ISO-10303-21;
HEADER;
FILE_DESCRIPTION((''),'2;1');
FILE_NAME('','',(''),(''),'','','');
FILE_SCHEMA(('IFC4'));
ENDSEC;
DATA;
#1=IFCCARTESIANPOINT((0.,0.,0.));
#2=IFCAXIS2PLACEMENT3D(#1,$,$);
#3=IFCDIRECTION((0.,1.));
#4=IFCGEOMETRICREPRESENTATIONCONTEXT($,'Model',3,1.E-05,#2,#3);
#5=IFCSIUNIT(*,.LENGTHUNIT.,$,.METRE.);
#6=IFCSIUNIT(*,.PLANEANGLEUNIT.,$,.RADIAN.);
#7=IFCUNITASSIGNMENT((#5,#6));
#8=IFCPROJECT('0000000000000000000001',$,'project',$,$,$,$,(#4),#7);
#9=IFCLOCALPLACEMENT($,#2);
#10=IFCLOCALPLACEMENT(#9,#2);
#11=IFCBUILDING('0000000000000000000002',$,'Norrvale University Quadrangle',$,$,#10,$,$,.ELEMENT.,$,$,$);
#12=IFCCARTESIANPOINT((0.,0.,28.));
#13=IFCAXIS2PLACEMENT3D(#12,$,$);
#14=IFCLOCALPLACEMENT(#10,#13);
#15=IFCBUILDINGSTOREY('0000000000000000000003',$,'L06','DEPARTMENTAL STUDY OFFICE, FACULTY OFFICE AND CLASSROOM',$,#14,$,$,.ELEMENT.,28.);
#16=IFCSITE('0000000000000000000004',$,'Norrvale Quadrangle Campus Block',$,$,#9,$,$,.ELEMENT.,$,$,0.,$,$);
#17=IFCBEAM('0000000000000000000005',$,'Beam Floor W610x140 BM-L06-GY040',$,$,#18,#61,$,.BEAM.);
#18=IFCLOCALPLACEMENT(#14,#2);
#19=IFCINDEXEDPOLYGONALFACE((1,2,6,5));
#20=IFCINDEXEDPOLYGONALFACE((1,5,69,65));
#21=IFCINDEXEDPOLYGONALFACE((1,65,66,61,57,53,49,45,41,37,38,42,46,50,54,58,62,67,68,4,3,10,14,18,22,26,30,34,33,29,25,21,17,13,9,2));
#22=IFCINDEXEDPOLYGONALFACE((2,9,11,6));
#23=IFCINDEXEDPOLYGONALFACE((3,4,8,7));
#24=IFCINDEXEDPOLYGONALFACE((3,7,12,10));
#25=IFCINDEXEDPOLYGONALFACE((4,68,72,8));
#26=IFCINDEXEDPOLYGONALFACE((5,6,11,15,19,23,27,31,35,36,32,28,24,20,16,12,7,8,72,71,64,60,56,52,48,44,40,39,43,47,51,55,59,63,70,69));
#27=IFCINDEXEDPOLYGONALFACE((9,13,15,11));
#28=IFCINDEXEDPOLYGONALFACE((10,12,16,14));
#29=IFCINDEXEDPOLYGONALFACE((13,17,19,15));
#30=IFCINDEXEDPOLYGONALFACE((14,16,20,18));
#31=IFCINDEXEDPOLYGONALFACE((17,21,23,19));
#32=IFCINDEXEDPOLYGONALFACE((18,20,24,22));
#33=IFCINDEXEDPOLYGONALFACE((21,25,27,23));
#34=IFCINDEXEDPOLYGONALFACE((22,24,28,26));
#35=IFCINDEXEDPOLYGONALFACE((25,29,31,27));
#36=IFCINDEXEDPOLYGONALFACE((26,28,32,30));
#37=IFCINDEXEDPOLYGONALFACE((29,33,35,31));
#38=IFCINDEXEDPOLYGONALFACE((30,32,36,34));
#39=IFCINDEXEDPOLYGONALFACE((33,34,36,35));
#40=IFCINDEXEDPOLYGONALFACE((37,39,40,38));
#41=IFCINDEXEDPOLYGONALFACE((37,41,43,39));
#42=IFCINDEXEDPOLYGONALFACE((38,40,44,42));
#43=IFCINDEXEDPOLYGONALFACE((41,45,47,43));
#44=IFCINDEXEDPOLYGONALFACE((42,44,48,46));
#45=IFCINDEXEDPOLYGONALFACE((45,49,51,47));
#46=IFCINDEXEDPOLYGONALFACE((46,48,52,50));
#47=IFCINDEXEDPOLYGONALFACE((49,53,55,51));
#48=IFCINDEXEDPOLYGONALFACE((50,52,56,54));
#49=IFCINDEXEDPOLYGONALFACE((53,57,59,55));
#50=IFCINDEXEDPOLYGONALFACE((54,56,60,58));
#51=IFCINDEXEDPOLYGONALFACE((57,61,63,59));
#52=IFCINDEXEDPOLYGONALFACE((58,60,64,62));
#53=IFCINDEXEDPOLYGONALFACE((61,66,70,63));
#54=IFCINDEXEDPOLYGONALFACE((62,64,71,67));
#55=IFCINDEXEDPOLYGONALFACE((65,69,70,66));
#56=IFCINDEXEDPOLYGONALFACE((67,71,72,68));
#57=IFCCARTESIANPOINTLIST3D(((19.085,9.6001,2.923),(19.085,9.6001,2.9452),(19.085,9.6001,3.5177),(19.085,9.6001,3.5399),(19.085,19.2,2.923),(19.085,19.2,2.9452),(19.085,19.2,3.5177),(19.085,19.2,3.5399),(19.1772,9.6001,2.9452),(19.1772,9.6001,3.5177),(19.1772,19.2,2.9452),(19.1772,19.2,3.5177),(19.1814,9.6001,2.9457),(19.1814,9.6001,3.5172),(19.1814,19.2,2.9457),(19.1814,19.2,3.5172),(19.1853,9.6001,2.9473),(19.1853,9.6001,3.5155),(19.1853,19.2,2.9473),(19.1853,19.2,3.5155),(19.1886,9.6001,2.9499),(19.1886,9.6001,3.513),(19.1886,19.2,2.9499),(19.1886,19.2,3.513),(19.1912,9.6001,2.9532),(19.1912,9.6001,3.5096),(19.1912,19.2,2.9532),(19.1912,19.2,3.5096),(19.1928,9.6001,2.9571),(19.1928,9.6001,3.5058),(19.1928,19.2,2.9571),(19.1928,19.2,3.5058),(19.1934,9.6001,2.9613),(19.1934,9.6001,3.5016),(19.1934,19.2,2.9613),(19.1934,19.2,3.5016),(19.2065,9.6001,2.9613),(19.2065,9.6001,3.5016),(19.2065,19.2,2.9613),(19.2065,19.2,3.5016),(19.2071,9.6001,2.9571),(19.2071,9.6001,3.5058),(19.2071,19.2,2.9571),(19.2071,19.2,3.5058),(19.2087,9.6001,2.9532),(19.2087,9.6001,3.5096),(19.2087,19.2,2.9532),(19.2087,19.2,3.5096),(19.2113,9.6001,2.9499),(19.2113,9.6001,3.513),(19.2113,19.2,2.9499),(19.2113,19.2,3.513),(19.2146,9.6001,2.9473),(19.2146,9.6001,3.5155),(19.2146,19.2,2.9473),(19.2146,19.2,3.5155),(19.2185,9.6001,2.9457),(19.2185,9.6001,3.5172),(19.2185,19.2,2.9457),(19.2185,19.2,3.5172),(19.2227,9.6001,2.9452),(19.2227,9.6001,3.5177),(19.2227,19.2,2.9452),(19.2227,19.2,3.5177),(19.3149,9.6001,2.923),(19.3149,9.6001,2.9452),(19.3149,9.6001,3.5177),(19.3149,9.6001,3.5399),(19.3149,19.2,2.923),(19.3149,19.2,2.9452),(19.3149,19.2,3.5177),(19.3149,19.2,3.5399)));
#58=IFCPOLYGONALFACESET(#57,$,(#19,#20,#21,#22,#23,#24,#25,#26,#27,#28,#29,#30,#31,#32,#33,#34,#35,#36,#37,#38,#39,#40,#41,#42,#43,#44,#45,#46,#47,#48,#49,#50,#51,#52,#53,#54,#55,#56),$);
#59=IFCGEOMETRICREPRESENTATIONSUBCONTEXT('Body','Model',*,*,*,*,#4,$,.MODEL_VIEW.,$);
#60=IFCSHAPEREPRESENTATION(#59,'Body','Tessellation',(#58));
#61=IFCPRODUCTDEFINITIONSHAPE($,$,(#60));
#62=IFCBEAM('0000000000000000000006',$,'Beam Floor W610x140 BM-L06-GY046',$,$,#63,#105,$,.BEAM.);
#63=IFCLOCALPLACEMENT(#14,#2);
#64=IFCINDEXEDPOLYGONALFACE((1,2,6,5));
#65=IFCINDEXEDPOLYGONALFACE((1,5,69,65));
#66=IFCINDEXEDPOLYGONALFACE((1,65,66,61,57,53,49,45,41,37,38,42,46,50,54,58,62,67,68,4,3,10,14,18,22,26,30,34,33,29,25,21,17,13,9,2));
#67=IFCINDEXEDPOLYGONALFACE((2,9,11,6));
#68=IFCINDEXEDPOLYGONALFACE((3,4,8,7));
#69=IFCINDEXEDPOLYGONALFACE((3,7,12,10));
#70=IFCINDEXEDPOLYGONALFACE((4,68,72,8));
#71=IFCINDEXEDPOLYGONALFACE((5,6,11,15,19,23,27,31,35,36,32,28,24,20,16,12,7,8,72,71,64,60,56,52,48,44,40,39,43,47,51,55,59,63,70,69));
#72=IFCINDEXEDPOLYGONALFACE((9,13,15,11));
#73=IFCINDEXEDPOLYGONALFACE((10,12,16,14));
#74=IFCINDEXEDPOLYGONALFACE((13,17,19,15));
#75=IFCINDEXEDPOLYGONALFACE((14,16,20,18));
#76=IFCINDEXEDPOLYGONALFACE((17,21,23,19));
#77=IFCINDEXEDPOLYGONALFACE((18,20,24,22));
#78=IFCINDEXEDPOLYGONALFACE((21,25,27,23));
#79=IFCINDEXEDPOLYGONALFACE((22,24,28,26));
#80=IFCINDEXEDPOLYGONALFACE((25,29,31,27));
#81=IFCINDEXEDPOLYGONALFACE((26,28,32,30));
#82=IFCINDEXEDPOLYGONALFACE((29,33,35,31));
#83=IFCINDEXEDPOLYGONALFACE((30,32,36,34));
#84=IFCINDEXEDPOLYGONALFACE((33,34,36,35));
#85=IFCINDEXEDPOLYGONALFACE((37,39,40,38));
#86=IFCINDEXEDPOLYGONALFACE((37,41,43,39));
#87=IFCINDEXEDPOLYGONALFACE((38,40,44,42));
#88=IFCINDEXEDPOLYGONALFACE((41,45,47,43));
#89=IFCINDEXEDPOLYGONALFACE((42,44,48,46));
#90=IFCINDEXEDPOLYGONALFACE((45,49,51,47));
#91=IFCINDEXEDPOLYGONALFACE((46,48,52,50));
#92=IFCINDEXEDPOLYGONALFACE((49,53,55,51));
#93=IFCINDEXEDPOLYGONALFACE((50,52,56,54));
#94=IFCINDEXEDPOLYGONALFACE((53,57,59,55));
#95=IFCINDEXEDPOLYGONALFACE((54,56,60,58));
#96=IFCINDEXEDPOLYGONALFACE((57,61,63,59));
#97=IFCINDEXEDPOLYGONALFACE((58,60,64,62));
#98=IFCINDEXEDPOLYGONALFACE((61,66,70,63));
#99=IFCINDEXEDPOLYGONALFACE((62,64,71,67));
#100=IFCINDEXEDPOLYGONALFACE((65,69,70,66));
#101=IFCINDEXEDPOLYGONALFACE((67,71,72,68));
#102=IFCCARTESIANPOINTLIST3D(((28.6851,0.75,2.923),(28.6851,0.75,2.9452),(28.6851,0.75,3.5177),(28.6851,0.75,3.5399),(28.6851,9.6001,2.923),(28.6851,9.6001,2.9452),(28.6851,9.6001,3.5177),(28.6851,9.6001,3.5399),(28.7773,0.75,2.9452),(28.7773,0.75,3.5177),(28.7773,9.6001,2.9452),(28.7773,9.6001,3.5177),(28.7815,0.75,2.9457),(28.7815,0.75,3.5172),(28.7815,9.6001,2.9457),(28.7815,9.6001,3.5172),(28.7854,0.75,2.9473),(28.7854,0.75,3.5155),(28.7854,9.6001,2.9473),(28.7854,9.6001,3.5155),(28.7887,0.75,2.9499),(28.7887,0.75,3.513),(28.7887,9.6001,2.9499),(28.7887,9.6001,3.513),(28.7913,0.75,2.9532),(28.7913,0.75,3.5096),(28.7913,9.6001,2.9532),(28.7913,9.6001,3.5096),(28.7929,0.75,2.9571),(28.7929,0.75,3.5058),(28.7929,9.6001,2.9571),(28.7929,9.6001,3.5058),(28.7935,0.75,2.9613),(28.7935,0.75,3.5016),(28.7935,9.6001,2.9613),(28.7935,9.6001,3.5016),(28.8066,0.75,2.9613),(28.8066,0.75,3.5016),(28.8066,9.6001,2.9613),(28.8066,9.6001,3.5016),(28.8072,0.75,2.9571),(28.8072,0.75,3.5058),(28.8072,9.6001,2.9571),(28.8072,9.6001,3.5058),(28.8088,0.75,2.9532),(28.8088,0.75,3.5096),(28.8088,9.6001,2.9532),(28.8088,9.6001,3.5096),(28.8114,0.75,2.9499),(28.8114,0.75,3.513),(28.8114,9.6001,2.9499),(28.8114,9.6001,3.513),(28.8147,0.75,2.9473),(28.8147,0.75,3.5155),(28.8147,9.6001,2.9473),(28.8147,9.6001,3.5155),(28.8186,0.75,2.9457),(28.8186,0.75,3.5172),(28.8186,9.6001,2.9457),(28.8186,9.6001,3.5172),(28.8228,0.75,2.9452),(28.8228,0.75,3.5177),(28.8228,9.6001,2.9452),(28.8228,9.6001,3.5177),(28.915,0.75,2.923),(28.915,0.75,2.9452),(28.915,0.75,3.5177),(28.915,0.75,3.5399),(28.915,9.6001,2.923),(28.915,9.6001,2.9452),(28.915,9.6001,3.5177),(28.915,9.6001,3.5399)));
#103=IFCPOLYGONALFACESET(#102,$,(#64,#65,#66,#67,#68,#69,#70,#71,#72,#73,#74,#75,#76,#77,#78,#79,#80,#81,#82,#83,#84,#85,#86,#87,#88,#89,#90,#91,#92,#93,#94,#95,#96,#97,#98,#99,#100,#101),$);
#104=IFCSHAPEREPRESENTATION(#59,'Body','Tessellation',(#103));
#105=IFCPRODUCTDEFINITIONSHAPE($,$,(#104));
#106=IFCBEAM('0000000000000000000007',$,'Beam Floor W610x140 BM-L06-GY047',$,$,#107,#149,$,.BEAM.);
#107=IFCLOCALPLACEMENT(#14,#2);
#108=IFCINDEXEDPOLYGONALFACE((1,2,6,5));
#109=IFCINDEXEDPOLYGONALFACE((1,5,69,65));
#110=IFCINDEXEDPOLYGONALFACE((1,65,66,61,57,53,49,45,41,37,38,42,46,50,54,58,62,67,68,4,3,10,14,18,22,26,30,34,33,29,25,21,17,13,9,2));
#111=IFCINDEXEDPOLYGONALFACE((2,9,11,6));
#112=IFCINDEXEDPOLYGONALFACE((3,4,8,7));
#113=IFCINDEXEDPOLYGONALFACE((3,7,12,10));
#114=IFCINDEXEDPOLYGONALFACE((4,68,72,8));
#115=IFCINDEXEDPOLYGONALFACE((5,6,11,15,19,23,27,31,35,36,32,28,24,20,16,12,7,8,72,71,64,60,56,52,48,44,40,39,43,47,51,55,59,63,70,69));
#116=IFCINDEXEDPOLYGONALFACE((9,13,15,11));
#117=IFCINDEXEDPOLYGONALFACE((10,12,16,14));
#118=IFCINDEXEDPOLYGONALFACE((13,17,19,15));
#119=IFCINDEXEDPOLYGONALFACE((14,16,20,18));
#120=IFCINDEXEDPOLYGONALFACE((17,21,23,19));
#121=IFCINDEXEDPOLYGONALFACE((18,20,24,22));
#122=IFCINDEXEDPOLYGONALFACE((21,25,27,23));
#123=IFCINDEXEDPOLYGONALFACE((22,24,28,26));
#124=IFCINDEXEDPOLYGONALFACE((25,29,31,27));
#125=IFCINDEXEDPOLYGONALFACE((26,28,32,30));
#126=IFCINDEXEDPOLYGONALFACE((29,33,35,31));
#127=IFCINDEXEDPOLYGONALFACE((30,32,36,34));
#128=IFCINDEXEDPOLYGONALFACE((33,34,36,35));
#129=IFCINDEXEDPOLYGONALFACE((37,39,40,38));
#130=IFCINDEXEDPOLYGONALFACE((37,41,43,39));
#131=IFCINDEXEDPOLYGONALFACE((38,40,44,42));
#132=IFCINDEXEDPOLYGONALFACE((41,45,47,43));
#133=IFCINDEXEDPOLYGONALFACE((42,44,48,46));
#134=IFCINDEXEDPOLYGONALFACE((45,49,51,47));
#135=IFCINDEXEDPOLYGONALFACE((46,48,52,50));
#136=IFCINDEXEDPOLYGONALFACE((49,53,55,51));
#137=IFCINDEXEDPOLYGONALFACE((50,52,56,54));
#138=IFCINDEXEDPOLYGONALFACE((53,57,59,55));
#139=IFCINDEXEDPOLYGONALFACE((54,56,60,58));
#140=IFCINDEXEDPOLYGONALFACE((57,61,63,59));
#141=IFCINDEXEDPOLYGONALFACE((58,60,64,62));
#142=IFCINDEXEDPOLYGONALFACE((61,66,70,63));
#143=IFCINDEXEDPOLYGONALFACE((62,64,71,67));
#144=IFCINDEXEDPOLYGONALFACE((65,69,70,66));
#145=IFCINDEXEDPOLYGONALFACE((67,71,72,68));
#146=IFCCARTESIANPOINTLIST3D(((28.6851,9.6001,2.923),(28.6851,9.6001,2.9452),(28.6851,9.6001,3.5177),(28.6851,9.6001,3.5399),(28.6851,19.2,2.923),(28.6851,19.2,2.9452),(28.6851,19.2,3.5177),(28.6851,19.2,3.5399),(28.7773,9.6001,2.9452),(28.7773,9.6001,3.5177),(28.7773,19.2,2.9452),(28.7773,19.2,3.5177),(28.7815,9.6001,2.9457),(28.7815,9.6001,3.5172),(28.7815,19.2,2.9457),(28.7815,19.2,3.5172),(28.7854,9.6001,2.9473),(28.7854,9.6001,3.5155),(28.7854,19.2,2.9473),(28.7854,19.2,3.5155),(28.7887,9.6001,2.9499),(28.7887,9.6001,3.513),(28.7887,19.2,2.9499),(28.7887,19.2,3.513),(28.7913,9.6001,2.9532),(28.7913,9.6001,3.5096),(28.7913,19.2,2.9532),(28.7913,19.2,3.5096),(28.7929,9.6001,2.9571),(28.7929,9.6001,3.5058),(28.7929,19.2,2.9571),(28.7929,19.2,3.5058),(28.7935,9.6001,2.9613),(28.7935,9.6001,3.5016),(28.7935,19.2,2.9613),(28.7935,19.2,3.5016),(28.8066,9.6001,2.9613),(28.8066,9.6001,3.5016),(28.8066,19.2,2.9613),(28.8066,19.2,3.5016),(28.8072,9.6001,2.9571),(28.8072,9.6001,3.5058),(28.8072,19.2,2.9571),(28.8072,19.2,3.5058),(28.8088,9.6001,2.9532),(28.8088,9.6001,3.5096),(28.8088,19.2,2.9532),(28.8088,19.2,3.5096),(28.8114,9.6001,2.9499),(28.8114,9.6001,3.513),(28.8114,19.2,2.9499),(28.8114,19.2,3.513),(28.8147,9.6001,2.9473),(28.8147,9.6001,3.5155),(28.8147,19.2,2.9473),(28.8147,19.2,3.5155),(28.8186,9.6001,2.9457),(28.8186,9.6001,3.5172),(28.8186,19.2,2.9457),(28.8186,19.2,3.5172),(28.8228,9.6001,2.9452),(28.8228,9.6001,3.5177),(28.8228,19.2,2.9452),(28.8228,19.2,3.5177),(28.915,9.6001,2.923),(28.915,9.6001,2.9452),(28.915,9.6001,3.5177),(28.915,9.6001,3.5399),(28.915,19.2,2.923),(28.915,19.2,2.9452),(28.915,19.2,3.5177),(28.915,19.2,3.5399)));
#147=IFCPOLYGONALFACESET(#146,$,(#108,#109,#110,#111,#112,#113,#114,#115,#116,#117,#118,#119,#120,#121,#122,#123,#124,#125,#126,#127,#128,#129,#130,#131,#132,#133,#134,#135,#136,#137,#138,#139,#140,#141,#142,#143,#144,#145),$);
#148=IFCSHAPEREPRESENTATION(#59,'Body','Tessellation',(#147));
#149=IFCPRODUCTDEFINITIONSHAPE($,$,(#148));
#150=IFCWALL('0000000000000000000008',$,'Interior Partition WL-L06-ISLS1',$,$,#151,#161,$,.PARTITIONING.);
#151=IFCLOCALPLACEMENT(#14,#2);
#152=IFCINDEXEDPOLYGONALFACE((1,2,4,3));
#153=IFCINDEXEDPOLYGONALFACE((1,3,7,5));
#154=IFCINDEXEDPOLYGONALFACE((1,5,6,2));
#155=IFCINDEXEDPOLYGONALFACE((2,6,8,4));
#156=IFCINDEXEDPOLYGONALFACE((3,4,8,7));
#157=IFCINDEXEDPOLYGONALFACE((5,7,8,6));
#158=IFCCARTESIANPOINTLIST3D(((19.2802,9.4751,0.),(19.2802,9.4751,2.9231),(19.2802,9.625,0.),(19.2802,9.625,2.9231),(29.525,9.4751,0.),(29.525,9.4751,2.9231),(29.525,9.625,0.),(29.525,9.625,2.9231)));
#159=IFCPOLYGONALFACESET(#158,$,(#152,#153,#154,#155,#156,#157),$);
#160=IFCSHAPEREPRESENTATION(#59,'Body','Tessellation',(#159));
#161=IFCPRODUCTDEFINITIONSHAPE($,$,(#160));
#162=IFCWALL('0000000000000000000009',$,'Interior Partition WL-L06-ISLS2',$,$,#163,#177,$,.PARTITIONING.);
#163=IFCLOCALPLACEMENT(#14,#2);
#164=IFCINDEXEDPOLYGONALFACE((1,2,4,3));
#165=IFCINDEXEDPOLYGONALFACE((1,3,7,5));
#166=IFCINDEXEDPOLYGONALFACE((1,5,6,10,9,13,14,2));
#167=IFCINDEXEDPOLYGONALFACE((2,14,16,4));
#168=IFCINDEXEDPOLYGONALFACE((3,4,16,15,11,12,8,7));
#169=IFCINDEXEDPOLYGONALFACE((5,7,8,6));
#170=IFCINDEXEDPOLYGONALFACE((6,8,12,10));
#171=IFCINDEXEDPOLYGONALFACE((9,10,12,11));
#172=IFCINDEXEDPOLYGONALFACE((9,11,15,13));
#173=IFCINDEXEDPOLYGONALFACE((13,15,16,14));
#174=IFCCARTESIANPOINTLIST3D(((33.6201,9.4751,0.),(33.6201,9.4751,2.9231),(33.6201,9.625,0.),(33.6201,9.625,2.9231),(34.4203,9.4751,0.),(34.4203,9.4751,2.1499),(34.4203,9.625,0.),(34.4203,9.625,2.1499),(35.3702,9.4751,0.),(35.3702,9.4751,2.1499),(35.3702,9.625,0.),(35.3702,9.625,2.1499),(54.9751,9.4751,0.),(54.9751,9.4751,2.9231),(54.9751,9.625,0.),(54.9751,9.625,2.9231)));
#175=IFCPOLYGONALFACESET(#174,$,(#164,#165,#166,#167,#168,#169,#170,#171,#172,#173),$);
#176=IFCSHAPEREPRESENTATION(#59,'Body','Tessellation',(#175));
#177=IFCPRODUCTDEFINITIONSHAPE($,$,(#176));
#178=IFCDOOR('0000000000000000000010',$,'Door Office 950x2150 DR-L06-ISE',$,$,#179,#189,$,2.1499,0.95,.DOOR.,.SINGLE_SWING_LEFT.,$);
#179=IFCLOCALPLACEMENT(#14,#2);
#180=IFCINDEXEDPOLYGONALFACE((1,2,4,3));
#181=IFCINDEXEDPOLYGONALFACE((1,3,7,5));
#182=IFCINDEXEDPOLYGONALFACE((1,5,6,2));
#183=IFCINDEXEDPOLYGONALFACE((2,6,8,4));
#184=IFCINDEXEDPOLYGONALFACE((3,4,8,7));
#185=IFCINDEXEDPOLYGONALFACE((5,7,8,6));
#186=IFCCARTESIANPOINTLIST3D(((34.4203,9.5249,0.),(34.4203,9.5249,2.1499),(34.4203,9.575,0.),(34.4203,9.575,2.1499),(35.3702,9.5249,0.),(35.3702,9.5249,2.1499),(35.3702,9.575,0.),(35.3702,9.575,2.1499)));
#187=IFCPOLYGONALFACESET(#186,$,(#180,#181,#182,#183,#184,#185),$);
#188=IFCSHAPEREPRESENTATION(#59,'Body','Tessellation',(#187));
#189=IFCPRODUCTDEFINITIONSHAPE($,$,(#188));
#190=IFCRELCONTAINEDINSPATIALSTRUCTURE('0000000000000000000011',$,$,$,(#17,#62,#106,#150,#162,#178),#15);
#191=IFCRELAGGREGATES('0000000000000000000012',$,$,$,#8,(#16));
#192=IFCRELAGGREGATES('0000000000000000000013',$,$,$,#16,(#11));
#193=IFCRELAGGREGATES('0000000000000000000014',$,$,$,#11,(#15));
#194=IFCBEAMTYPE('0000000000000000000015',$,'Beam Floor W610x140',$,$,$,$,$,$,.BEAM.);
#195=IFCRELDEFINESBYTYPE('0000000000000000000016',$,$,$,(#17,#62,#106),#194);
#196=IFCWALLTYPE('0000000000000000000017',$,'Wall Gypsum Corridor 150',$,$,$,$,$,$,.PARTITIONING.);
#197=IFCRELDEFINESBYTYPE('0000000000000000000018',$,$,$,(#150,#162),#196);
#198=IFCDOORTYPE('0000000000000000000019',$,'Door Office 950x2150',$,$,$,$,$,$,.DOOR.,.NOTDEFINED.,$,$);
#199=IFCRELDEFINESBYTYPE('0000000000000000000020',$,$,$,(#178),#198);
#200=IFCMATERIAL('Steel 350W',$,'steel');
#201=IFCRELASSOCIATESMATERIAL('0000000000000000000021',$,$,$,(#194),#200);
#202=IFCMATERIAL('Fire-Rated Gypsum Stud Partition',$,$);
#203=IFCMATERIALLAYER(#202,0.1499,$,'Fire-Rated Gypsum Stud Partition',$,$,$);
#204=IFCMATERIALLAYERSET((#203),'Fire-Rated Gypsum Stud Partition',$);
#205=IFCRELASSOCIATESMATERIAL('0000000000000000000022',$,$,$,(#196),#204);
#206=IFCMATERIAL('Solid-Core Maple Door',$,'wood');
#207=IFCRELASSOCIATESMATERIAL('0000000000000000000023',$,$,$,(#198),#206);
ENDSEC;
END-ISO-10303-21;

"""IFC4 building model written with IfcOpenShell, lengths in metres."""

from ifc_helpers import new_model, si_unit, direction, frame, frame_2d, origin, origin_2d, place, context, subcontext, project, spatial, rectangle, i_section, extrude, material, layer, layer_set, material_profile, profile_set, type_object, element, fill, save


model = new_model("IFC4")

# Units and contexts
model_context = context("Model", 3, precision=1e-05, world=origin(), true_north=direction((0.0, 1.0)))
body_context = subcontext(model_context, "Body", "Model", "MODEL_VIEW")
ifc_project = project(units=[si_unit("LENGTHUNIT", "METRE"), si_unit("PLANEANGLEUNIT", "RADIAN")], contexts=[model_context])

# Site, building, storey
site_placement = place(None, origin())
site = spatial("IfcSite", under=ifc_project, at=site_placement, Name="Norrvale Quadrangle Campus Block", CompositionType="ELEMENT", RefElevation=0.0)
building_placement = place(site_placement, origin())
building = spatial("IfcBuilding", under=site, at=building_placement, Name="Norrvale University Quadrangle", CompositionType="ELEMENT")
storey_placement = place(building_placement, frame((0.0, 0.0, 28.0)))
storey = spatial("IfcBuildingStorey", under=building, at=storey_placement, Name="L06", Description="DEPARTMENTAL STUDY OFFICE, FACULTY OFFICE AND CLASSROOM", CompositionType="ELEMENT", Elevation=28.0)

# Beams
ifc_material_1 = material(Name="Steel 350W", Category="steel")
ifc_material_profile_1 = material_profile(ifc_material_1, i_section(OverallWidth=0.23, OverallDepth=0.6169, WebThickness=0.0132, FlangeThickness=0.0222, FilletRadius=0.0161, at=origin_2d()), Name="Steel 350W")
ifc_profile_set_1 = profile_set([ifc_material_profile_1], Name="Steel 350W")
beam_type_1 = type_object("IfcBeamType", Name="Beam Floor W610x140", PredefinedType="BEAM", material=ifc_profile_set_1)
beam_1_placement = place(storey_placement, frame((19.2, 9.6001, 3.2314), z_axis=(0.0, 1.0, 0.0), x_axis=(-1.0, 0.0, 0.0)))
element("IfcBeam", 1, at=beam_1_placement, inside=storey, type_object=beam_type_1, Name="Beam Floor W610x140 BM-L06-GY040", PredefinedType="BEAM", context=body_context, shape_type="SweptSolid", body=[
    extrude(i_section(OverallWidth=0.23, OverallDepth=0.6169, WebThickness=0.0132, FlangeThickness=0.0222, FilletRadius=0.0161, at=origin_2d()), origin(), (0.0, 0.0, 1.0), 9.5999),
])
beam_2_placement = place(storey_placement, frame((28.8, 0.75, 3.2314), z_axis=(0.0, 1.0, 0.0), x_axis=(-1.0, 0.0, 0.0)))
element("IfcBeam", 2, at=beam_2_placement, inside=storey, type_object=beam_type_1, Name="Beam Floor W610x140 BM-L06-GY046", PredefinedType="BEAM", context=body_context, shape_type="SweptSolid", body=[
    extrude(i_section(OverallWidth=0.23, OverallDepth=0.6169, WebThickness=0.0132, FlangeThickness=0.0222, FilletRadius=0.0161, at=origin_2d()), origin(), (0.0, 0.0, 1.0), 8.8501),
])
beam_3_placement = place(storey_placement, frame((28.8, 9.6001, 3.2314), z_axis=(0.0, 1.0, 0.0), x_axis=(-1.0, 0.0, 0.0)))
element("IfcBeam", 3, at=beam_3_placement, inside=storey, type_object=beam_type_1, Name="Beam Floor W610x140 BM-L06-GY047", PredefinedType="BEAM", context=body_context, shape_type="SweptSolid", body=[
    extrude(i_section(OverallWidth=0.23, OverallDepth=0.6169, WebThickness=0.0132, FlangeThickness=0.0222, FilletRadius=0.0161, at=origin_2d()), origin(), (0.0, 0.0, 1.0), 9.5999),
])

# Wall
ifc_material_2 = material(Name="Fire-Rated Gypsum Stud Partition")
ifc_layer_1 = layer(ifc_material_2, 0.1499, Name="Fire-Rated Gypsum Stud Partition")
ifc_layer_set_1 = layer_set([ifc_layer_1], Name="Fire-Rated Gypsum Stud Partition")
wall_type_1 = type_object("IfcWallType", Name="Wall Gypsum Corridor 150", PredefinedType="PARTITIONING", material=ifc_layer_set_1)
wall_1_placement = place(storey_placement, frame((19.28, 9.55, 0.0), z_axis=(0.0, 0.0, 1.0), x_axis=(1.0, 0.0, 0.0)))
element("IfcWall", 4, at=wall_1_placement, inside=storey, type_object=wall_type_1, Name="Interior Partition WL-L06-ISLS1", PredefinedType="PARTITIONING", context=body_context, shape_type="SweptSolid", body=[
    extrude(rectangle(XDim=10.2449, YDim=0.1499, at=frame_2d((5.1226, 0.0))), origin(), (0.0, 0.0, 1.0), 2.9231),
])

# Wall, opening, door
wall_2_placement = place(storey_placement, frame((33.6201, 9.55, 0.0), z_axis=(0.0, 0.0, 1.0), x_axis=(1.0, 0.0, 0.0)))
wall_2 = element("IfcWall", 5, at=wall_2_placement, inside=storey, type_object=wall_type_1, Name="Interior Partition WL-L06-ISLS2", PredefinedType="PARTITIONING", context=body_context, shape_type="SweptSolid", body=[
    extrude(rectangle(XDim=21.355, YDim=0.1499, at=frame_2d((10.6775, 0.0))), origin(), (0.0, 0.0, 1.0), 2.9231),
])
opening_placement = place(wall_2_placement, frame((0.8, 0.0, 0.0)))
opening = element("IfcOpeningElement", 6, at=opening_placement, cuts=wall_2, PredefinedType="OPENING", context=body_context, shape_type="SweptSolid", body=[
    extrude(rectangle(XDim=0.95, YDim=2.1499, at=frame_2d((0.4751, 1.075))), frame((0.0, 0.0869, 0.0), z_axis=(0.0, -1.0, 0.0), x_axis=(1.0, 0.0, 0.0)), (0.0, 0.0, 1.0), 0.1738),
])
ifc_material_3 = material(Name="Solid-Core Maple Door", Category="wood")
door_type = type_object("IfcDoorType", Name="Door Office 950x2150", OperationType="NOTDEFINED", PredefinedType="DOOR", material=ifc_material_3)
door_placement = place(opening_placement, origin())
door = element("IfcDoor", 7, at=door_placement, inside=storey, type_object=door_type, Name="Door Office 950x2150 DR-L06-ISE", OperationType="SINGLE_SWING_LEFT", OverallHeight=2.1499, OverallWidth=0.95, PredefinedType="DOOR", context=body_context, shape_type="SweptSolid", body=[
    extrude(rectangle(XDim=0.95, YDim=2.1499, at=frame_2d((0.4751, 1.075))), frame((0.0, 0.0249, 0.0), z_axis=(0.0, -1.0, 0.0), x_axis=(1.0, 0.0, 0.0)), (0.0, 0.0, 1.0), 0.05),
])
fill(opening, door)

save(model, "model.ifc")
